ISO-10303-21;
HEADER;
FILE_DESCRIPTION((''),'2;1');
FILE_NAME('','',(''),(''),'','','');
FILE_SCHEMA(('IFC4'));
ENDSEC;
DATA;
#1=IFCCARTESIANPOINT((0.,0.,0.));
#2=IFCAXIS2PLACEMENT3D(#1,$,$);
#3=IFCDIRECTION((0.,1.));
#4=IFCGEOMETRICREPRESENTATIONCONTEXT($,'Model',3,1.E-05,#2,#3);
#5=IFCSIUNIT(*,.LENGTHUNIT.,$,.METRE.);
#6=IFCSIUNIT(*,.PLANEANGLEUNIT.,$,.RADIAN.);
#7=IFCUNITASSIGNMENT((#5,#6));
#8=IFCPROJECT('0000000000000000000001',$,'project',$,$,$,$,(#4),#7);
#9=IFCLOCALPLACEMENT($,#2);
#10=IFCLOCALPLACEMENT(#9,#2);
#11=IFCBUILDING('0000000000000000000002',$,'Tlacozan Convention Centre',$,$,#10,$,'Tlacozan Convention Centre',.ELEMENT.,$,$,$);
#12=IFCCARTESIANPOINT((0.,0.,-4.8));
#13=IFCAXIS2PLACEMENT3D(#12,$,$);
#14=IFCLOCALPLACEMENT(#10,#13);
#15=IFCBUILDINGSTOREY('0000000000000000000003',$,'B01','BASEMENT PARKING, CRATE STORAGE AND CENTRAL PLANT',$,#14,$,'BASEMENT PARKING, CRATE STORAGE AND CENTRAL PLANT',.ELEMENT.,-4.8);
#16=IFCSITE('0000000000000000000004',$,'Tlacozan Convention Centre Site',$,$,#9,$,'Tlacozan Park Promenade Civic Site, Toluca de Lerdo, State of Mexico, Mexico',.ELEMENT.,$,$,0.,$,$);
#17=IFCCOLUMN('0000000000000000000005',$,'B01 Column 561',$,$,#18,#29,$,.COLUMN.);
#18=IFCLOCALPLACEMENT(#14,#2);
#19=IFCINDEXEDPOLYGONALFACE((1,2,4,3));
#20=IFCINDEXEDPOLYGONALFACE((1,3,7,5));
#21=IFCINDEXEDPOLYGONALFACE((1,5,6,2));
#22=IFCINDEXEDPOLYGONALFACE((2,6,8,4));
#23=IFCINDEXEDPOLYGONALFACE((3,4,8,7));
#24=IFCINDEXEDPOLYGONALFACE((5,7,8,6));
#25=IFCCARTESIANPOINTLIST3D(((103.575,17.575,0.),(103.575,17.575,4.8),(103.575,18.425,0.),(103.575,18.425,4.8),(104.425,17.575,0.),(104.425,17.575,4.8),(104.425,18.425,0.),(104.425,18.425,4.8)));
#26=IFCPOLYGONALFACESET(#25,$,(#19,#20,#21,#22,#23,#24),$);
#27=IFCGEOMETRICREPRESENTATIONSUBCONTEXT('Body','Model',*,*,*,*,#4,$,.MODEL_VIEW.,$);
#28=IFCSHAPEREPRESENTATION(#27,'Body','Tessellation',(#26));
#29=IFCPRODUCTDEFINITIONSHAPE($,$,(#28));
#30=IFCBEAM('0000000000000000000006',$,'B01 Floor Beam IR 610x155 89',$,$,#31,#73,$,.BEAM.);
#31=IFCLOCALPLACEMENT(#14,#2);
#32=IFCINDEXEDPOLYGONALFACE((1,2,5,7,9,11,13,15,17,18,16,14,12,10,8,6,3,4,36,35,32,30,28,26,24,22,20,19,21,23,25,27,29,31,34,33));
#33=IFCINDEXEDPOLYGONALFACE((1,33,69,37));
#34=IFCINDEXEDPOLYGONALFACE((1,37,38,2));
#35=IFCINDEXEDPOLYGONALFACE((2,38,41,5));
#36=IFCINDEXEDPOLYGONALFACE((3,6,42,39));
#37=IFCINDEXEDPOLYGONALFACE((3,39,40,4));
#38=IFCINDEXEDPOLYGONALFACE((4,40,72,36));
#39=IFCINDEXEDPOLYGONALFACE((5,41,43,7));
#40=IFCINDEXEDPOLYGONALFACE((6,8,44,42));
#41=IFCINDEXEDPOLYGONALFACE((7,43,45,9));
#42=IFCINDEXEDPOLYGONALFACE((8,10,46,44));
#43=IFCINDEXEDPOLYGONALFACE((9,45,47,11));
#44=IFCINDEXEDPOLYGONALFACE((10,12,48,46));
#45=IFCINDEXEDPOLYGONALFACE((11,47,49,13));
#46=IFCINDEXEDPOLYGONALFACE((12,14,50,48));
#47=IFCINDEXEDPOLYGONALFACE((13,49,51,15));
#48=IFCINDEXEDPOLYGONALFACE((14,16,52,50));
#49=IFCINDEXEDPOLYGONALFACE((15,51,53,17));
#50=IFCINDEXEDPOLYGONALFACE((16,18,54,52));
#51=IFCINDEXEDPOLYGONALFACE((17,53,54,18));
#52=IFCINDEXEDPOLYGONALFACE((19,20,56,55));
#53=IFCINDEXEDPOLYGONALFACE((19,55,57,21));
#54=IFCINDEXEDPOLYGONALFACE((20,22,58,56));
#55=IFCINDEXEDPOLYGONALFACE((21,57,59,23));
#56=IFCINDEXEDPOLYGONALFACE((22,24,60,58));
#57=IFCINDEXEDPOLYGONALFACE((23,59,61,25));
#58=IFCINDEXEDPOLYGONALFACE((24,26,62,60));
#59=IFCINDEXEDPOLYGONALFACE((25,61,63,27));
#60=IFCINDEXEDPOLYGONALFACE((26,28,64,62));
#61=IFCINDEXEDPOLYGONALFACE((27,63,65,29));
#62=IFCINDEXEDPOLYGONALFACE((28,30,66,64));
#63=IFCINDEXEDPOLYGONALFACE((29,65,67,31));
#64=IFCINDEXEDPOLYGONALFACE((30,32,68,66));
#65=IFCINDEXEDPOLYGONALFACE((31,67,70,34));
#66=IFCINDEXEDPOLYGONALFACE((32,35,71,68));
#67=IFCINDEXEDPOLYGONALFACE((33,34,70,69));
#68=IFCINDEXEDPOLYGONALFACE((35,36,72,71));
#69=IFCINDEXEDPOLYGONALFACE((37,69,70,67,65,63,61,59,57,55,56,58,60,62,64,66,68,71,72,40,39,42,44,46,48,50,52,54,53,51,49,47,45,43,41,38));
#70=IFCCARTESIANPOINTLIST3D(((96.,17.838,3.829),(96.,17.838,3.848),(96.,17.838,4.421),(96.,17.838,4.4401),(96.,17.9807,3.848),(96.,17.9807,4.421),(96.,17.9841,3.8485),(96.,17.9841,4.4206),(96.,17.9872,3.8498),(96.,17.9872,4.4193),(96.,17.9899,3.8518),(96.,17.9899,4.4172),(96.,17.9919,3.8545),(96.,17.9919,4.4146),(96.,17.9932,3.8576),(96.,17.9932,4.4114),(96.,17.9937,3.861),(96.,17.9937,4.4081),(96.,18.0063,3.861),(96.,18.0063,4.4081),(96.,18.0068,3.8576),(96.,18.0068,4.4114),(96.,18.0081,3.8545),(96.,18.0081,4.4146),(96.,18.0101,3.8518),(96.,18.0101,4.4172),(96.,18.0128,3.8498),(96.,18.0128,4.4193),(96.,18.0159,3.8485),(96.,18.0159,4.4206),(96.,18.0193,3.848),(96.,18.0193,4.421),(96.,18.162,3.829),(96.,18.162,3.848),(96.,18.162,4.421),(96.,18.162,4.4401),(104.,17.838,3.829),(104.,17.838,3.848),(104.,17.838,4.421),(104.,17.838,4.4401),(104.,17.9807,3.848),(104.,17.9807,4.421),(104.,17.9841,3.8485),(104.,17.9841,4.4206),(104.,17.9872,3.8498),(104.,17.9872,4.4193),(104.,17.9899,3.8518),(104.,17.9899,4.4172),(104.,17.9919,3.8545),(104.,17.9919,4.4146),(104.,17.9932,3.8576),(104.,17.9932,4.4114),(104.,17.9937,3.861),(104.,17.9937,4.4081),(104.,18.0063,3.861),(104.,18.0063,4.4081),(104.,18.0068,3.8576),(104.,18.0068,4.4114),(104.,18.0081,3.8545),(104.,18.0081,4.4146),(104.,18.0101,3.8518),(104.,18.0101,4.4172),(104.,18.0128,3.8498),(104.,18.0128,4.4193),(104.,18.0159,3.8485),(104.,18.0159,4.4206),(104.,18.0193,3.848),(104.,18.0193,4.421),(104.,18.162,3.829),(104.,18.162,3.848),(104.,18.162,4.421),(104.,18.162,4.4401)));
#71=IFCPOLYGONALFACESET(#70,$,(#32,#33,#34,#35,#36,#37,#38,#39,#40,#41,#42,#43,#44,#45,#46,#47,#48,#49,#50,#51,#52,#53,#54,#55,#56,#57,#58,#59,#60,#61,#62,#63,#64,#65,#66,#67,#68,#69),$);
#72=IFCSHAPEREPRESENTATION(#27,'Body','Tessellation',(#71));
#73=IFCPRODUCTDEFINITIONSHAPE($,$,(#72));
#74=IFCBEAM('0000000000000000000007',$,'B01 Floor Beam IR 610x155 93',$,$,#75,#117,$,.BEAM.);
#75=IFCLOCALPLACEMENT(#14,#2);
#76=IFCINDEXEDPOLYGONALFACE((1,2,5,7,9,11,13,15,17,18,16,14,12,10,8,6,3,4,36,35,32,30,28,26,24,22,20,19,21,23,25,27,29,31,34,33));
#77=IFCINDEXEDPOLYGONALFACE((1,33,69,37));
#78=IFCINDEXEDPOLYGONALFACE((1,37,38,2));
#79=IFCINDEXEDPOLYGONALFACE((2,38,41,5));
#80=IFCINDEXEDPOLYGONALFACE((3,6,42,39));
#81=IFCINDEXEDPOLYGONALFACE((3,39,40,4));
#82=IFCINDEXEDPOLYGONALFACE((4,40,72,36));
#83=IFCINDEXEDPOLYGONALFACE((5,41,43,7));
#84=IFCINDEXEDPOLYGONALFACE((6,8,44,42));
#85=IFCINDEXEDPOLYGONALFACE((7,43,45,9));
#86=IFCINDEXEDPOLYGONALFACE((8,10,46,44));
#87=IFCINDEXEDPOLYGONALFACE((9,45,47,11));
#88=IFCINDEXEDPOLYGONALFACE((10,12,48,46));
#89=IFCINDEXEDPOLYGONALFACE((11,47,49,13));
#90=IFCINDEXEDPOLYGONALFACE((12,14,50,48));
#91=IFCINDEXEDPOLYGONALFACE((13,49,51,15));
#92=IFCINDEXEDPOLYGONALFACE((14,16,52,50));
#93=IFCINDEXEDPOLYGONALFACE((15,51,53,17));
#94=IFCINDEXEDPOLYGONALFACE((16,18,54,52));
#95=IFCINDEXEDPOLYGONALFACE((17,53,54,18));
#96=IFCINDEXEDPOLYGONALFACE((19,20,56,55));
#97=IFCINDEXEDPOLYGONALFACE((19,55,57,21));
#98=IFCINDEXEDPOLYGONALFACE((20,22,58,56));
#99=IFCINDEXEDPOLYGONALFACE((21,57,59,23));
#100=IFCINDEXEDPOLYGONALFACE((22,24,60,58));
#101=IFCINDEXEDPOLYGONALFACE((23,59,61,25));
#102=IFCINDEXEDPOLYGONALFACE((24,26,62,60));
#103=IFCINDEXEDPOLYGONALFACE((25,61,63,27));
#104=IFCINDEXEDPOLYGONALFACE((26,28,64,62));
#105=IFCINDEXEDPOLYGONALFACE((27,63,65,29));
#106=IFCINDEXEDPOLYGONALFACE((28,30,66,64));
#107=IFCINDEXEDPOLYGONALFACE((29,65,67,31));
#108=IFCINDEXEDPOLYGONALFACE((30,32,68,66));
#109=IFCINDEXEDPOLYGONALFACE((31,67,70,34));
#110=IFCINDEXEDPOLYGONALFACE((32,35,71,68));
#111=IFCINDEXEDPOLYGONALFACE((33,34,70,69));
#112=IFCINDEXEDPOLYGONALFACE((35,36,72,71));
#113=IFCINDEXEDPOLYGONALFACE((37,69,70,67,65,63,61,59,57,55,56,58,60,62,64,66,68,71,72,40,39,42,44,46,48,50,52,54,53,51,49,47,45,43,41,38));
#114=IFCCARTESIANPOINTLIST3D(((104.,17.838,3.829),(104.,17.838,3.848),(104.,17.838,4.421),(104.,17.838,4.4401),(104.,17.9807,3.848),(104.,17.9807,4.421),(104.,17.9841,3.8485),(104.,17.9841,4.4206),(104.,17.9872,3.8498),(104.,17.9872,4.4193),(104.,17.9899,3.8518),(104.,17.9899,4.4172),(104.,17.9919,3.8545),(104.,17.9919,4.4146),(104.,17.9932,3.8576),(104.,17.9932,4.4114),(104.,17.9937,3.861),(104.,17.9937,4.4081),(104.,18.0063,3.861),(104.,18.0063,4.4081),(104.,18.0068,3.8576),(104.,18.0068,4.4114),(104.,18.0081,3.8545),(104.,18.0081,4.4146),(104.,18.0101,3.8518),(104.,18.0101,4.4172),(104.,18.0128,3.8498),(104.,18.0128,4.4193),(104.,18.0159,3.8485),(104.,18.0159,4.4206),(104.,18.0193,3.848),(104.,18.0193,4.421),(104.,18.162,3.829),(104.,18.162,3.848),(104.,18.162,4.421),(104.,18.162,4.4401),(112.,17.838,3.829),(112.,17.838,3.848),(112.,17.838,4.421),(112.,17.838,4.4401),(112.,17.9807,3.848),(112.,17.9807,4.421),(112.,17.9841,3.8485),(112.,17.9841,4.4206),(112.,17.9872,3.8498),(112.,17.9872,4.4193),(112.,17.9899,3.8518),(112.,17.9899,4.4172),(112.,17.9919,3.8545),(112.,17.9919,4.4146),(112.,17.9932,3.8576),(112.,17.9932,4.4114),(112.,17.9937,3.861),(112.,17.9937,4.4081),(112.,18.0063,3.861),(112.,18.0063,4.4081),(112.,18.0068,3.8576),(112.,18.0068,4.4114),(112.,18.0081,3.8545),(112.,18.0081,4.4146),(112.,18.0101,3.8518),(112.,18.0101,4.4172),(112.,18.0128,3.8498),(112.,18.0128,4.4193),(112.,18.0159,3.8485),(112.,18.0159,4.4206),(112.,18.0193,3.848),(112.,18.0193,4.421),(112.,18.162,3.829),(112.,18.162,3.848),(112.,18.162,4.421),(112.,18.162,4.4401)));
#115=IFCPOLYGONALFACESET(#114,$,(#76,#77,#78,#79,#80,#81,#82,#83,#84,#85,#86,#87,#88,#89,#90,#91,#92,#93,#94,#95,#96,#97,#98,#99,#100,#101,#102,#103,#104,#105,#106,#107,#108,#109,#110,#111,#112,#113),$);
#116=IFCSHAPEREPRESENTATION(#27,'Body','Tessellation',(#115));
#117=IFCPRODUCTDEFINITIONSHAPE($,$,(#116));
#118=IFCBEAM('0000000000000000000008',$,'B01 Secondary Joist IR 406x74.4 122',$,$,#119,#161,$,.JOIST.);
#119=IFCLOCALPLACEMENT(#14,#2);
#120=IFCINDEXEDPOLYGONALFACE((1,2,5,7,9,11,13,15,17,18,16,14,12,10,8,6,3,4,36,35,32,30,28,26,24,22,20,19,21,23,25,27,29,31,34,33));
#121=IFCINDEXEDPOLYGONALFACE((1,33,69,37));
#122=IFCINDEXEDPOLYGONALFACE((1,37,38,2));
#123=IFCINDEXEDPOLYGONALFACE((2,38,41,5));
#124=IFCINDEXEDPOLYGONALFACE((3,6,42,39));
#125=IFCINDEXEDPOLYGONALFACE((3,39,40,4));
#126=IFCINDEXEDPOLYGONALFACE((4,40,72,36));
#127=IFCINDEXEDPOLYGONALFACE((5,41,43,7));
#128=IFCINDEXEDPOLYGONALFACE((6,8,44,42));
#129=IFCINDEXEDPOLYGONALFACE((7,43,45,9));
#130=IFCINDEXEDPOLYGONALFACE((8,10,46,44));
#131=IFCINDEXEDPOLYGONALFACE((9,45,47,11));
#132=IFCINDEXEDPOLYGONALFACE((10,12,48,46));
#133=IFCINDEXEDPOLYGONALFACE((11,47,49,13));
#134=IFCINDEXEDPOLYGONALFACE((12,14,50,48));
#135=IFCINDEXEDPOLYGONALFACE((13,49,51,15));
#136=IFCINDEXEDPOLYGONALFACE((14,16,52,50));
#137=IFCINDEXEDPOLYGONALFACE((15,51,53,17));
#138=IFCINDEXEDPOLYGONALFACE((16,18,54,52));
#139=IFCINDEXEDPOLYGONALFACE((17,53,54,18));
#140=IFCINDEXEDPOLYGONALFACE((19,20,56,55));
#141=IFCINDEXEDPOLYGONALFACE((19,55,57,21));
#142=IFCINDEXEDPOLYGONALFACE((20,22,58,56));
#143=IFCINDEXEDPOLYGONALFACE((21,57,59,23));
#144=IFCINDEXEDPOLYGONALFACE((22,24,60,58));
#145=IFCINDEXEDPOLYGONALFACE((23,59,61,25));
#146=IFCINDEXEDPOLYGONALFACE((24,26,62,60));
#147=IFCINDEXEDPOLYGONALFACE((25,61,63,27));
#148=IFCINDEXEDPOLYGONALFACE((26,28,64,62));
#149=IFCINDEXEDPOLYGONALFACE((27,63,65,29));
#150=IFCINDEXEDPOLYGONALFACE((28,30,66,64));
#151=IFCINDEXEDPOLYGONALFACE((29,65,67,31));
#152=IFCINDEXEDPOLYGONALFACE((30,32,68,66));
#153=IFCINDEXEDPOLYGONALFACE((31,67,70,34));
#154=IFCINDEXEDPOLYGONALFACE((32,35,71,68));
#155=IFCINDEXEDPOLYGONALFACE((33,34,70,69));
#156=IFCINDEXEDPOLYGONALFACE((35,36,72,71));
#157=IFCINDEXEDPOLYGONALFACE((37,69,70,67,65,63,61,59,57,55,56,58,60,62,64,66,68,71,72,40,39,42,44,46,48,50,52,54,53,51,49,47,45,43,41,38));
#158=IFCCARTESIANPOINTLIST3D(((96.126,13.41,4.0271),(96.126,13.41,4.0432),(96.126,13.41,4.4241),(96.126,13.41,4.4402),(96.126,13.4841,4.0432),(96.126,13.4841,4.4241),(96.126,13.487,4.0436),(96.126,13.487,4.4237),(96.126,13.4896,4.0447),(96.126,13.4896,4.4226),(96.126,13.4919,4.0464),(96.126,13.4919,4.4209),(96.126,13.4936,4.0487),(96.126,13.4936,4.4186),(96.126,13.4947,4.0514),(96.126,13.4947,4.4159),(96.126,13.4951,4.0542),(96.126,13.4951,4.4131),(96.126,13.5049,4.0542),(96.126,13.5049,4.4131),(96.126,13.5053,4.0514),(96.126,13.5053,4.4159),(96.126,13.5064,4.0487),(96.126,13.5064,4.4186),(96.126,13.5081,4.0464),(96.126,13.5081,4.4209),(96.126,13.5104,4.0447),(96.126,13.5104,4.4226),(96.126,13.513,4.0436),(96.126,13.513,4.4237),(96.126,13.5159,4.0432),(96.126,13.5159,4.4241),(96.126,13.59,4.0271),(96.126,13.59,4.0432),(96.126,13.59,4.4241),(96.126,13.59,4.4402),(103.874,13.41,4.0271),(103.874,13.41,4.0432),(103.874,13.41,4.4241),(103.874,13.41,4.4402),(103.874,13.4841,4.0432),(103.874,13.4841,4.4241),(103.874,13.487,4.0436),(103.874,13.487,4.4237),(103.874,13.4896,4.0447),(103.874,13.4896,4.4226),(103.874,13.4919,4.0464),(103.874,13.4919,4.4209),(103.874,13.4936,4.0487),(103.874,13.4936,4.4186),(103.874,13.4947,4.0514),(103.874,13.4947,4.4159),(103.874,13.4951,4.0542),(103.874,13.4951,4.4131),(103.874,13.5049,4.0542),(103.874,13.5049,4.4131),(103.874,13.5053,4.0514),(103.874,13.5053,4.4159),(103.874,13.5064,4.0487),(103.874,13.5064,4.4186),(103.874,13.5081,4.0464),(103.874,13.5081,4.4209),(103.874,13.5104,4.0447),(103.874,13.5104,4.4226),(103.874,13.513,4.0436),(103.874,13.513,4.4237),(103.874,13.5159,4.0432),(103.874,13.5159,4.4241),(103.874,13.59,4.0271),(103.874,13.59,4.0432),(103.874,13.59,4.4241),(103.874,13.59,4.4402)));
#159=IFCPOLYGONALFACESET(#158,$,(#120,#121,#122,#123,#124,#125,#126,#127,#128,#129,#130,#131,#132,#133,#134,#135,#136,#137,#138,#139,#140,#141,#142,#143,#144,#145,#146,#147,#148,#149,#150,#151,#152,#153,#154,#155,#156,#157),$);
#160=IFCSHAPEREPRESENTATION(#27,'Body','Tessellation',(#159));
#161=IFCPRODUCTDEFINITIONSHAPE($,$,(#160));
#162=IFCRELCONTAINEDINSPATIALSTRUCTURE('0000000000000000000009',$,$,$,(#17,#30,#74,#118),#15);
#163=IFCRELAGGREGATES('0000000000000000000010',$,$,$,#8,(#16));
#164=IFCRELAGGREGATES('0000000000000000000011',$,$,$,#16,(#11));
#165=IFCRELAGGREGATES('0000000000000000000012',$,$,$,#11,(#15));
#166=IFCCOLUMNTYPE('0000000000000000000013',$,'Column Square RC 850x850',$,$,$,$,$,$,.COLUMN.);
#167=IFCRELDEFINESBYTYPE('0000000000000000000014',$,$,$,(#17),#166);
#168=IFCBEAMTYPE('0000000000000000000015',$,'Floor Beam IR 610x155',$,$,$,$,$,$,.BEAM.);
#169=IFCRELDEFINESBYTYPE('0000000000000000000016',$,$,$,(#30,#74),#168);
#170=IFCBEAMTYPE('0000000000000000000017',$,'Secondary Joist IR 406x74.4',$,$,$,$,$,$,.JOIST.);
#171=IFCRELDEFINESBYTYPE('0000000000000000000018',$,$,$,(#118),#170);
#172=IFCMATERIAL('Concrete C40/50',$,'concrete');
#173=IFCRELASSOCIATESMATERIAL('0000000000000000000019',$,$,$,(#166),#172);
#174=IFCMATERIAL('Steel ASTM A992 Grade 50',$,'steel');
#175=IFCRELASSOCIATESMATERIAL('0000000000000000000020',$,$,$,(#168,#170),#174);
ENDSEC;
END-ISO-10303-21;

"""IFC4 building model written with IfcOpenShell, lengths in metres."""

from ifc_helpers import new_model, si_unit, direction, frame, origin, origin_2d, place, context, subcontext, project, spatial, rectangle, i_section, extrude, material, material_profile, profile_set, type_object, element, save


model = new_model("IFC4")

# Units and contexts
model_context = context("Model", 3, precision=1e-05, world=origin(), true_north=direction((0.0, 1.0)))
body_context = subcontext(model_context, "Body", "Model", "MODEL_VIEW")
ifc_project = project(units=[si_unit("LENGTHUNIT", "METRE"), si_unit("PLANEANGLEUNIT", "RADIAN")], contexts=[model_context])

# Site, building, storey
site_placement = place(None, origin())
site = spatial("IfcSite", under=ifc_project, at=site_placement, Name="Tlacozan Convention Centre Site", LongName="Tlacozan Park Promenade Civic Site, Toluca de Lerdo, State of Mexico, Mexico", CompositionType="ELEMENT", RefElevation=0.0)
building_placement = place(site_placement, origin())
building = spatial("IfcBuilding", under=site, at=building_placement, Name="Tlacozan Convention Centre", LongName="Tlacozan Convention Centre", CompositionType="ELEMENT")
storey_placement = place(building_placement, frame((0.0, 0.0, -4.8)))
storey = spatial("IfcBuildingStorey", under=building, at=storey_placement, Name="B01", Description="BASEMENT PARKING, CRATE STORAGE AND CENTRAL PLANT", LongName="BASEMENT PARKING, CRATE STORAGE AND CENTRAL PLANT", CompositionType="ELEMENT", Elevation=-4.8)

# Column
ifc_material_1 = material(Name="Concrete C40/50", Category="concrete")
ifc_material_profile_1 = material_profile(ifc_material_1, rectangle(XDim=0.8501, YDim=0.8501, at=origin_2d()), Name="RC 850x850")
ifc_profile_set_1 = profile_set([ifc_material_profile_1], Name="Concrete C40/50")
column_type = type_object("IfcColumnType", Name="Column Square RC 850x850", PredefinedType="COLUMN", material=ifc_profile_set_1)
for number, where, z_axis, x_axis, name in (
    (1, (104.0, 18.0, 0.0), (0.0, 0.0, 1.0), (1.0, 0.0, 0.0), "B01 Column 561"),
):
    element("IfcColumn", number, at=place(storey_placement, frame(where, z_axis=z_axis, x_axis=x_axis)), inside=storey, type_object=column_type, Name=name, PredefinedType="COLUMN", context=body_context, shape_type="SweptSolid", body=[
        extrude(rectangle(XDim=0.8501, YDim=0.8501, at=origin_2d()), origin(), (0.0, 0.0, 1.0), 4.8),
    ])

# Beams
ifc_material_2 = material(Name="Steel ASTM A992 Grade 50", Category="steel")
ifc_material_profile_2 = material_profile(ifc_material_2, i_section(OverallWidth=0.324, OverallDepth=0.6111, WebThickness=0.0127, FlangeThickness=0.019, FilletRadius=0.0129, at=origin_2d()), Name="IR 610x155.0")
ifc_profile_set_2 = profile_set([ifc_material_profile_2], Name="Steel ASTM A992 Grade 50")
beam_type_1 = type_object("IfcBeamType", Name="Floor Beam IR 610x155", PredefinedType="BEAM", material=ifc_profile_set_2)
for number, where, z_axis, x_axis, name in (
    (2, (96.0, 18.0, 4.1345), (1.0, 0.0, 0.0), (0.0, 1.0, 0.0), "B01 Floor Beam IR 610x155 89"),
    (3, (104.0, 18.0, 4.1345), (1.0, 0.0, 0.0), (0.0, 1.0, 0.0), "B01 Floor Beam IR 610x155 93"),
):
    element("IfcBeam", number, at=place(storey_placement, frame(where, z_axis=z_axis, x_axis=x_axis)), inside=storey, type_object=beam_type_1, Name=name, PredefinedType="BEAM", context=body_context, shape_type="SweptSolid", body=[
        extrude(i_section(OverallWidth=0.324, OverallDepth=0.6111, WebThickness=0.0127, FlangeThickness=0.019, FilletRadius=0.0129, at=origin_2d()), origin(), (0.0, 0.0, 1.0), 8.0),
    ])
ifc_material_profile_3 = material_profile(ifc_material_2, i_section(OverallWidth=0.1799, OverallDepth=0.4131, WebThickness=0.0098, FlangeThickness=0.0161, FilletRadius=0.011, at=origin_2d()), Name="IR 406x74.4")
ifc_profile_set_3 = profile_set([ifc_material_profile_3], Name="Steel ASTM A992 Grade 50")
beam_type_2 = type_object("IfcBeamType", Name="Secondary Joist IR 406x74.4", PredefinedType="JOIST", material=ifc_profile_set_3)
for number, where, z_axis, x_axis, name in (
    (4, (96.126, 13.5, 4.2336), (1.0, 0.0, 0.0), (0.0, 1.0, 0.0), "B01 Secondary Joist IR 406x74.4 122"),
):
    element("IfcBeam", number, at=place(storey_placement, frame(where, z_axis=z_axis, x_axis=x_axis)), inside=storey, type_object=beam_type_2, Name=name, PredefinedType="JOIST", context=body_context, shape_type="SweptSolid", body=[
        extrude(i_section(OverallWidth=0.1799, OverallDepth=0.4131, WebThickness=0.0098, FlangeThickness=0.0161, FilletRadius=0.011, at=origin_2d()), origin(), (0.0, 0.0, 1.0), 7.748),
    ])

save(model, "model.ifc")
